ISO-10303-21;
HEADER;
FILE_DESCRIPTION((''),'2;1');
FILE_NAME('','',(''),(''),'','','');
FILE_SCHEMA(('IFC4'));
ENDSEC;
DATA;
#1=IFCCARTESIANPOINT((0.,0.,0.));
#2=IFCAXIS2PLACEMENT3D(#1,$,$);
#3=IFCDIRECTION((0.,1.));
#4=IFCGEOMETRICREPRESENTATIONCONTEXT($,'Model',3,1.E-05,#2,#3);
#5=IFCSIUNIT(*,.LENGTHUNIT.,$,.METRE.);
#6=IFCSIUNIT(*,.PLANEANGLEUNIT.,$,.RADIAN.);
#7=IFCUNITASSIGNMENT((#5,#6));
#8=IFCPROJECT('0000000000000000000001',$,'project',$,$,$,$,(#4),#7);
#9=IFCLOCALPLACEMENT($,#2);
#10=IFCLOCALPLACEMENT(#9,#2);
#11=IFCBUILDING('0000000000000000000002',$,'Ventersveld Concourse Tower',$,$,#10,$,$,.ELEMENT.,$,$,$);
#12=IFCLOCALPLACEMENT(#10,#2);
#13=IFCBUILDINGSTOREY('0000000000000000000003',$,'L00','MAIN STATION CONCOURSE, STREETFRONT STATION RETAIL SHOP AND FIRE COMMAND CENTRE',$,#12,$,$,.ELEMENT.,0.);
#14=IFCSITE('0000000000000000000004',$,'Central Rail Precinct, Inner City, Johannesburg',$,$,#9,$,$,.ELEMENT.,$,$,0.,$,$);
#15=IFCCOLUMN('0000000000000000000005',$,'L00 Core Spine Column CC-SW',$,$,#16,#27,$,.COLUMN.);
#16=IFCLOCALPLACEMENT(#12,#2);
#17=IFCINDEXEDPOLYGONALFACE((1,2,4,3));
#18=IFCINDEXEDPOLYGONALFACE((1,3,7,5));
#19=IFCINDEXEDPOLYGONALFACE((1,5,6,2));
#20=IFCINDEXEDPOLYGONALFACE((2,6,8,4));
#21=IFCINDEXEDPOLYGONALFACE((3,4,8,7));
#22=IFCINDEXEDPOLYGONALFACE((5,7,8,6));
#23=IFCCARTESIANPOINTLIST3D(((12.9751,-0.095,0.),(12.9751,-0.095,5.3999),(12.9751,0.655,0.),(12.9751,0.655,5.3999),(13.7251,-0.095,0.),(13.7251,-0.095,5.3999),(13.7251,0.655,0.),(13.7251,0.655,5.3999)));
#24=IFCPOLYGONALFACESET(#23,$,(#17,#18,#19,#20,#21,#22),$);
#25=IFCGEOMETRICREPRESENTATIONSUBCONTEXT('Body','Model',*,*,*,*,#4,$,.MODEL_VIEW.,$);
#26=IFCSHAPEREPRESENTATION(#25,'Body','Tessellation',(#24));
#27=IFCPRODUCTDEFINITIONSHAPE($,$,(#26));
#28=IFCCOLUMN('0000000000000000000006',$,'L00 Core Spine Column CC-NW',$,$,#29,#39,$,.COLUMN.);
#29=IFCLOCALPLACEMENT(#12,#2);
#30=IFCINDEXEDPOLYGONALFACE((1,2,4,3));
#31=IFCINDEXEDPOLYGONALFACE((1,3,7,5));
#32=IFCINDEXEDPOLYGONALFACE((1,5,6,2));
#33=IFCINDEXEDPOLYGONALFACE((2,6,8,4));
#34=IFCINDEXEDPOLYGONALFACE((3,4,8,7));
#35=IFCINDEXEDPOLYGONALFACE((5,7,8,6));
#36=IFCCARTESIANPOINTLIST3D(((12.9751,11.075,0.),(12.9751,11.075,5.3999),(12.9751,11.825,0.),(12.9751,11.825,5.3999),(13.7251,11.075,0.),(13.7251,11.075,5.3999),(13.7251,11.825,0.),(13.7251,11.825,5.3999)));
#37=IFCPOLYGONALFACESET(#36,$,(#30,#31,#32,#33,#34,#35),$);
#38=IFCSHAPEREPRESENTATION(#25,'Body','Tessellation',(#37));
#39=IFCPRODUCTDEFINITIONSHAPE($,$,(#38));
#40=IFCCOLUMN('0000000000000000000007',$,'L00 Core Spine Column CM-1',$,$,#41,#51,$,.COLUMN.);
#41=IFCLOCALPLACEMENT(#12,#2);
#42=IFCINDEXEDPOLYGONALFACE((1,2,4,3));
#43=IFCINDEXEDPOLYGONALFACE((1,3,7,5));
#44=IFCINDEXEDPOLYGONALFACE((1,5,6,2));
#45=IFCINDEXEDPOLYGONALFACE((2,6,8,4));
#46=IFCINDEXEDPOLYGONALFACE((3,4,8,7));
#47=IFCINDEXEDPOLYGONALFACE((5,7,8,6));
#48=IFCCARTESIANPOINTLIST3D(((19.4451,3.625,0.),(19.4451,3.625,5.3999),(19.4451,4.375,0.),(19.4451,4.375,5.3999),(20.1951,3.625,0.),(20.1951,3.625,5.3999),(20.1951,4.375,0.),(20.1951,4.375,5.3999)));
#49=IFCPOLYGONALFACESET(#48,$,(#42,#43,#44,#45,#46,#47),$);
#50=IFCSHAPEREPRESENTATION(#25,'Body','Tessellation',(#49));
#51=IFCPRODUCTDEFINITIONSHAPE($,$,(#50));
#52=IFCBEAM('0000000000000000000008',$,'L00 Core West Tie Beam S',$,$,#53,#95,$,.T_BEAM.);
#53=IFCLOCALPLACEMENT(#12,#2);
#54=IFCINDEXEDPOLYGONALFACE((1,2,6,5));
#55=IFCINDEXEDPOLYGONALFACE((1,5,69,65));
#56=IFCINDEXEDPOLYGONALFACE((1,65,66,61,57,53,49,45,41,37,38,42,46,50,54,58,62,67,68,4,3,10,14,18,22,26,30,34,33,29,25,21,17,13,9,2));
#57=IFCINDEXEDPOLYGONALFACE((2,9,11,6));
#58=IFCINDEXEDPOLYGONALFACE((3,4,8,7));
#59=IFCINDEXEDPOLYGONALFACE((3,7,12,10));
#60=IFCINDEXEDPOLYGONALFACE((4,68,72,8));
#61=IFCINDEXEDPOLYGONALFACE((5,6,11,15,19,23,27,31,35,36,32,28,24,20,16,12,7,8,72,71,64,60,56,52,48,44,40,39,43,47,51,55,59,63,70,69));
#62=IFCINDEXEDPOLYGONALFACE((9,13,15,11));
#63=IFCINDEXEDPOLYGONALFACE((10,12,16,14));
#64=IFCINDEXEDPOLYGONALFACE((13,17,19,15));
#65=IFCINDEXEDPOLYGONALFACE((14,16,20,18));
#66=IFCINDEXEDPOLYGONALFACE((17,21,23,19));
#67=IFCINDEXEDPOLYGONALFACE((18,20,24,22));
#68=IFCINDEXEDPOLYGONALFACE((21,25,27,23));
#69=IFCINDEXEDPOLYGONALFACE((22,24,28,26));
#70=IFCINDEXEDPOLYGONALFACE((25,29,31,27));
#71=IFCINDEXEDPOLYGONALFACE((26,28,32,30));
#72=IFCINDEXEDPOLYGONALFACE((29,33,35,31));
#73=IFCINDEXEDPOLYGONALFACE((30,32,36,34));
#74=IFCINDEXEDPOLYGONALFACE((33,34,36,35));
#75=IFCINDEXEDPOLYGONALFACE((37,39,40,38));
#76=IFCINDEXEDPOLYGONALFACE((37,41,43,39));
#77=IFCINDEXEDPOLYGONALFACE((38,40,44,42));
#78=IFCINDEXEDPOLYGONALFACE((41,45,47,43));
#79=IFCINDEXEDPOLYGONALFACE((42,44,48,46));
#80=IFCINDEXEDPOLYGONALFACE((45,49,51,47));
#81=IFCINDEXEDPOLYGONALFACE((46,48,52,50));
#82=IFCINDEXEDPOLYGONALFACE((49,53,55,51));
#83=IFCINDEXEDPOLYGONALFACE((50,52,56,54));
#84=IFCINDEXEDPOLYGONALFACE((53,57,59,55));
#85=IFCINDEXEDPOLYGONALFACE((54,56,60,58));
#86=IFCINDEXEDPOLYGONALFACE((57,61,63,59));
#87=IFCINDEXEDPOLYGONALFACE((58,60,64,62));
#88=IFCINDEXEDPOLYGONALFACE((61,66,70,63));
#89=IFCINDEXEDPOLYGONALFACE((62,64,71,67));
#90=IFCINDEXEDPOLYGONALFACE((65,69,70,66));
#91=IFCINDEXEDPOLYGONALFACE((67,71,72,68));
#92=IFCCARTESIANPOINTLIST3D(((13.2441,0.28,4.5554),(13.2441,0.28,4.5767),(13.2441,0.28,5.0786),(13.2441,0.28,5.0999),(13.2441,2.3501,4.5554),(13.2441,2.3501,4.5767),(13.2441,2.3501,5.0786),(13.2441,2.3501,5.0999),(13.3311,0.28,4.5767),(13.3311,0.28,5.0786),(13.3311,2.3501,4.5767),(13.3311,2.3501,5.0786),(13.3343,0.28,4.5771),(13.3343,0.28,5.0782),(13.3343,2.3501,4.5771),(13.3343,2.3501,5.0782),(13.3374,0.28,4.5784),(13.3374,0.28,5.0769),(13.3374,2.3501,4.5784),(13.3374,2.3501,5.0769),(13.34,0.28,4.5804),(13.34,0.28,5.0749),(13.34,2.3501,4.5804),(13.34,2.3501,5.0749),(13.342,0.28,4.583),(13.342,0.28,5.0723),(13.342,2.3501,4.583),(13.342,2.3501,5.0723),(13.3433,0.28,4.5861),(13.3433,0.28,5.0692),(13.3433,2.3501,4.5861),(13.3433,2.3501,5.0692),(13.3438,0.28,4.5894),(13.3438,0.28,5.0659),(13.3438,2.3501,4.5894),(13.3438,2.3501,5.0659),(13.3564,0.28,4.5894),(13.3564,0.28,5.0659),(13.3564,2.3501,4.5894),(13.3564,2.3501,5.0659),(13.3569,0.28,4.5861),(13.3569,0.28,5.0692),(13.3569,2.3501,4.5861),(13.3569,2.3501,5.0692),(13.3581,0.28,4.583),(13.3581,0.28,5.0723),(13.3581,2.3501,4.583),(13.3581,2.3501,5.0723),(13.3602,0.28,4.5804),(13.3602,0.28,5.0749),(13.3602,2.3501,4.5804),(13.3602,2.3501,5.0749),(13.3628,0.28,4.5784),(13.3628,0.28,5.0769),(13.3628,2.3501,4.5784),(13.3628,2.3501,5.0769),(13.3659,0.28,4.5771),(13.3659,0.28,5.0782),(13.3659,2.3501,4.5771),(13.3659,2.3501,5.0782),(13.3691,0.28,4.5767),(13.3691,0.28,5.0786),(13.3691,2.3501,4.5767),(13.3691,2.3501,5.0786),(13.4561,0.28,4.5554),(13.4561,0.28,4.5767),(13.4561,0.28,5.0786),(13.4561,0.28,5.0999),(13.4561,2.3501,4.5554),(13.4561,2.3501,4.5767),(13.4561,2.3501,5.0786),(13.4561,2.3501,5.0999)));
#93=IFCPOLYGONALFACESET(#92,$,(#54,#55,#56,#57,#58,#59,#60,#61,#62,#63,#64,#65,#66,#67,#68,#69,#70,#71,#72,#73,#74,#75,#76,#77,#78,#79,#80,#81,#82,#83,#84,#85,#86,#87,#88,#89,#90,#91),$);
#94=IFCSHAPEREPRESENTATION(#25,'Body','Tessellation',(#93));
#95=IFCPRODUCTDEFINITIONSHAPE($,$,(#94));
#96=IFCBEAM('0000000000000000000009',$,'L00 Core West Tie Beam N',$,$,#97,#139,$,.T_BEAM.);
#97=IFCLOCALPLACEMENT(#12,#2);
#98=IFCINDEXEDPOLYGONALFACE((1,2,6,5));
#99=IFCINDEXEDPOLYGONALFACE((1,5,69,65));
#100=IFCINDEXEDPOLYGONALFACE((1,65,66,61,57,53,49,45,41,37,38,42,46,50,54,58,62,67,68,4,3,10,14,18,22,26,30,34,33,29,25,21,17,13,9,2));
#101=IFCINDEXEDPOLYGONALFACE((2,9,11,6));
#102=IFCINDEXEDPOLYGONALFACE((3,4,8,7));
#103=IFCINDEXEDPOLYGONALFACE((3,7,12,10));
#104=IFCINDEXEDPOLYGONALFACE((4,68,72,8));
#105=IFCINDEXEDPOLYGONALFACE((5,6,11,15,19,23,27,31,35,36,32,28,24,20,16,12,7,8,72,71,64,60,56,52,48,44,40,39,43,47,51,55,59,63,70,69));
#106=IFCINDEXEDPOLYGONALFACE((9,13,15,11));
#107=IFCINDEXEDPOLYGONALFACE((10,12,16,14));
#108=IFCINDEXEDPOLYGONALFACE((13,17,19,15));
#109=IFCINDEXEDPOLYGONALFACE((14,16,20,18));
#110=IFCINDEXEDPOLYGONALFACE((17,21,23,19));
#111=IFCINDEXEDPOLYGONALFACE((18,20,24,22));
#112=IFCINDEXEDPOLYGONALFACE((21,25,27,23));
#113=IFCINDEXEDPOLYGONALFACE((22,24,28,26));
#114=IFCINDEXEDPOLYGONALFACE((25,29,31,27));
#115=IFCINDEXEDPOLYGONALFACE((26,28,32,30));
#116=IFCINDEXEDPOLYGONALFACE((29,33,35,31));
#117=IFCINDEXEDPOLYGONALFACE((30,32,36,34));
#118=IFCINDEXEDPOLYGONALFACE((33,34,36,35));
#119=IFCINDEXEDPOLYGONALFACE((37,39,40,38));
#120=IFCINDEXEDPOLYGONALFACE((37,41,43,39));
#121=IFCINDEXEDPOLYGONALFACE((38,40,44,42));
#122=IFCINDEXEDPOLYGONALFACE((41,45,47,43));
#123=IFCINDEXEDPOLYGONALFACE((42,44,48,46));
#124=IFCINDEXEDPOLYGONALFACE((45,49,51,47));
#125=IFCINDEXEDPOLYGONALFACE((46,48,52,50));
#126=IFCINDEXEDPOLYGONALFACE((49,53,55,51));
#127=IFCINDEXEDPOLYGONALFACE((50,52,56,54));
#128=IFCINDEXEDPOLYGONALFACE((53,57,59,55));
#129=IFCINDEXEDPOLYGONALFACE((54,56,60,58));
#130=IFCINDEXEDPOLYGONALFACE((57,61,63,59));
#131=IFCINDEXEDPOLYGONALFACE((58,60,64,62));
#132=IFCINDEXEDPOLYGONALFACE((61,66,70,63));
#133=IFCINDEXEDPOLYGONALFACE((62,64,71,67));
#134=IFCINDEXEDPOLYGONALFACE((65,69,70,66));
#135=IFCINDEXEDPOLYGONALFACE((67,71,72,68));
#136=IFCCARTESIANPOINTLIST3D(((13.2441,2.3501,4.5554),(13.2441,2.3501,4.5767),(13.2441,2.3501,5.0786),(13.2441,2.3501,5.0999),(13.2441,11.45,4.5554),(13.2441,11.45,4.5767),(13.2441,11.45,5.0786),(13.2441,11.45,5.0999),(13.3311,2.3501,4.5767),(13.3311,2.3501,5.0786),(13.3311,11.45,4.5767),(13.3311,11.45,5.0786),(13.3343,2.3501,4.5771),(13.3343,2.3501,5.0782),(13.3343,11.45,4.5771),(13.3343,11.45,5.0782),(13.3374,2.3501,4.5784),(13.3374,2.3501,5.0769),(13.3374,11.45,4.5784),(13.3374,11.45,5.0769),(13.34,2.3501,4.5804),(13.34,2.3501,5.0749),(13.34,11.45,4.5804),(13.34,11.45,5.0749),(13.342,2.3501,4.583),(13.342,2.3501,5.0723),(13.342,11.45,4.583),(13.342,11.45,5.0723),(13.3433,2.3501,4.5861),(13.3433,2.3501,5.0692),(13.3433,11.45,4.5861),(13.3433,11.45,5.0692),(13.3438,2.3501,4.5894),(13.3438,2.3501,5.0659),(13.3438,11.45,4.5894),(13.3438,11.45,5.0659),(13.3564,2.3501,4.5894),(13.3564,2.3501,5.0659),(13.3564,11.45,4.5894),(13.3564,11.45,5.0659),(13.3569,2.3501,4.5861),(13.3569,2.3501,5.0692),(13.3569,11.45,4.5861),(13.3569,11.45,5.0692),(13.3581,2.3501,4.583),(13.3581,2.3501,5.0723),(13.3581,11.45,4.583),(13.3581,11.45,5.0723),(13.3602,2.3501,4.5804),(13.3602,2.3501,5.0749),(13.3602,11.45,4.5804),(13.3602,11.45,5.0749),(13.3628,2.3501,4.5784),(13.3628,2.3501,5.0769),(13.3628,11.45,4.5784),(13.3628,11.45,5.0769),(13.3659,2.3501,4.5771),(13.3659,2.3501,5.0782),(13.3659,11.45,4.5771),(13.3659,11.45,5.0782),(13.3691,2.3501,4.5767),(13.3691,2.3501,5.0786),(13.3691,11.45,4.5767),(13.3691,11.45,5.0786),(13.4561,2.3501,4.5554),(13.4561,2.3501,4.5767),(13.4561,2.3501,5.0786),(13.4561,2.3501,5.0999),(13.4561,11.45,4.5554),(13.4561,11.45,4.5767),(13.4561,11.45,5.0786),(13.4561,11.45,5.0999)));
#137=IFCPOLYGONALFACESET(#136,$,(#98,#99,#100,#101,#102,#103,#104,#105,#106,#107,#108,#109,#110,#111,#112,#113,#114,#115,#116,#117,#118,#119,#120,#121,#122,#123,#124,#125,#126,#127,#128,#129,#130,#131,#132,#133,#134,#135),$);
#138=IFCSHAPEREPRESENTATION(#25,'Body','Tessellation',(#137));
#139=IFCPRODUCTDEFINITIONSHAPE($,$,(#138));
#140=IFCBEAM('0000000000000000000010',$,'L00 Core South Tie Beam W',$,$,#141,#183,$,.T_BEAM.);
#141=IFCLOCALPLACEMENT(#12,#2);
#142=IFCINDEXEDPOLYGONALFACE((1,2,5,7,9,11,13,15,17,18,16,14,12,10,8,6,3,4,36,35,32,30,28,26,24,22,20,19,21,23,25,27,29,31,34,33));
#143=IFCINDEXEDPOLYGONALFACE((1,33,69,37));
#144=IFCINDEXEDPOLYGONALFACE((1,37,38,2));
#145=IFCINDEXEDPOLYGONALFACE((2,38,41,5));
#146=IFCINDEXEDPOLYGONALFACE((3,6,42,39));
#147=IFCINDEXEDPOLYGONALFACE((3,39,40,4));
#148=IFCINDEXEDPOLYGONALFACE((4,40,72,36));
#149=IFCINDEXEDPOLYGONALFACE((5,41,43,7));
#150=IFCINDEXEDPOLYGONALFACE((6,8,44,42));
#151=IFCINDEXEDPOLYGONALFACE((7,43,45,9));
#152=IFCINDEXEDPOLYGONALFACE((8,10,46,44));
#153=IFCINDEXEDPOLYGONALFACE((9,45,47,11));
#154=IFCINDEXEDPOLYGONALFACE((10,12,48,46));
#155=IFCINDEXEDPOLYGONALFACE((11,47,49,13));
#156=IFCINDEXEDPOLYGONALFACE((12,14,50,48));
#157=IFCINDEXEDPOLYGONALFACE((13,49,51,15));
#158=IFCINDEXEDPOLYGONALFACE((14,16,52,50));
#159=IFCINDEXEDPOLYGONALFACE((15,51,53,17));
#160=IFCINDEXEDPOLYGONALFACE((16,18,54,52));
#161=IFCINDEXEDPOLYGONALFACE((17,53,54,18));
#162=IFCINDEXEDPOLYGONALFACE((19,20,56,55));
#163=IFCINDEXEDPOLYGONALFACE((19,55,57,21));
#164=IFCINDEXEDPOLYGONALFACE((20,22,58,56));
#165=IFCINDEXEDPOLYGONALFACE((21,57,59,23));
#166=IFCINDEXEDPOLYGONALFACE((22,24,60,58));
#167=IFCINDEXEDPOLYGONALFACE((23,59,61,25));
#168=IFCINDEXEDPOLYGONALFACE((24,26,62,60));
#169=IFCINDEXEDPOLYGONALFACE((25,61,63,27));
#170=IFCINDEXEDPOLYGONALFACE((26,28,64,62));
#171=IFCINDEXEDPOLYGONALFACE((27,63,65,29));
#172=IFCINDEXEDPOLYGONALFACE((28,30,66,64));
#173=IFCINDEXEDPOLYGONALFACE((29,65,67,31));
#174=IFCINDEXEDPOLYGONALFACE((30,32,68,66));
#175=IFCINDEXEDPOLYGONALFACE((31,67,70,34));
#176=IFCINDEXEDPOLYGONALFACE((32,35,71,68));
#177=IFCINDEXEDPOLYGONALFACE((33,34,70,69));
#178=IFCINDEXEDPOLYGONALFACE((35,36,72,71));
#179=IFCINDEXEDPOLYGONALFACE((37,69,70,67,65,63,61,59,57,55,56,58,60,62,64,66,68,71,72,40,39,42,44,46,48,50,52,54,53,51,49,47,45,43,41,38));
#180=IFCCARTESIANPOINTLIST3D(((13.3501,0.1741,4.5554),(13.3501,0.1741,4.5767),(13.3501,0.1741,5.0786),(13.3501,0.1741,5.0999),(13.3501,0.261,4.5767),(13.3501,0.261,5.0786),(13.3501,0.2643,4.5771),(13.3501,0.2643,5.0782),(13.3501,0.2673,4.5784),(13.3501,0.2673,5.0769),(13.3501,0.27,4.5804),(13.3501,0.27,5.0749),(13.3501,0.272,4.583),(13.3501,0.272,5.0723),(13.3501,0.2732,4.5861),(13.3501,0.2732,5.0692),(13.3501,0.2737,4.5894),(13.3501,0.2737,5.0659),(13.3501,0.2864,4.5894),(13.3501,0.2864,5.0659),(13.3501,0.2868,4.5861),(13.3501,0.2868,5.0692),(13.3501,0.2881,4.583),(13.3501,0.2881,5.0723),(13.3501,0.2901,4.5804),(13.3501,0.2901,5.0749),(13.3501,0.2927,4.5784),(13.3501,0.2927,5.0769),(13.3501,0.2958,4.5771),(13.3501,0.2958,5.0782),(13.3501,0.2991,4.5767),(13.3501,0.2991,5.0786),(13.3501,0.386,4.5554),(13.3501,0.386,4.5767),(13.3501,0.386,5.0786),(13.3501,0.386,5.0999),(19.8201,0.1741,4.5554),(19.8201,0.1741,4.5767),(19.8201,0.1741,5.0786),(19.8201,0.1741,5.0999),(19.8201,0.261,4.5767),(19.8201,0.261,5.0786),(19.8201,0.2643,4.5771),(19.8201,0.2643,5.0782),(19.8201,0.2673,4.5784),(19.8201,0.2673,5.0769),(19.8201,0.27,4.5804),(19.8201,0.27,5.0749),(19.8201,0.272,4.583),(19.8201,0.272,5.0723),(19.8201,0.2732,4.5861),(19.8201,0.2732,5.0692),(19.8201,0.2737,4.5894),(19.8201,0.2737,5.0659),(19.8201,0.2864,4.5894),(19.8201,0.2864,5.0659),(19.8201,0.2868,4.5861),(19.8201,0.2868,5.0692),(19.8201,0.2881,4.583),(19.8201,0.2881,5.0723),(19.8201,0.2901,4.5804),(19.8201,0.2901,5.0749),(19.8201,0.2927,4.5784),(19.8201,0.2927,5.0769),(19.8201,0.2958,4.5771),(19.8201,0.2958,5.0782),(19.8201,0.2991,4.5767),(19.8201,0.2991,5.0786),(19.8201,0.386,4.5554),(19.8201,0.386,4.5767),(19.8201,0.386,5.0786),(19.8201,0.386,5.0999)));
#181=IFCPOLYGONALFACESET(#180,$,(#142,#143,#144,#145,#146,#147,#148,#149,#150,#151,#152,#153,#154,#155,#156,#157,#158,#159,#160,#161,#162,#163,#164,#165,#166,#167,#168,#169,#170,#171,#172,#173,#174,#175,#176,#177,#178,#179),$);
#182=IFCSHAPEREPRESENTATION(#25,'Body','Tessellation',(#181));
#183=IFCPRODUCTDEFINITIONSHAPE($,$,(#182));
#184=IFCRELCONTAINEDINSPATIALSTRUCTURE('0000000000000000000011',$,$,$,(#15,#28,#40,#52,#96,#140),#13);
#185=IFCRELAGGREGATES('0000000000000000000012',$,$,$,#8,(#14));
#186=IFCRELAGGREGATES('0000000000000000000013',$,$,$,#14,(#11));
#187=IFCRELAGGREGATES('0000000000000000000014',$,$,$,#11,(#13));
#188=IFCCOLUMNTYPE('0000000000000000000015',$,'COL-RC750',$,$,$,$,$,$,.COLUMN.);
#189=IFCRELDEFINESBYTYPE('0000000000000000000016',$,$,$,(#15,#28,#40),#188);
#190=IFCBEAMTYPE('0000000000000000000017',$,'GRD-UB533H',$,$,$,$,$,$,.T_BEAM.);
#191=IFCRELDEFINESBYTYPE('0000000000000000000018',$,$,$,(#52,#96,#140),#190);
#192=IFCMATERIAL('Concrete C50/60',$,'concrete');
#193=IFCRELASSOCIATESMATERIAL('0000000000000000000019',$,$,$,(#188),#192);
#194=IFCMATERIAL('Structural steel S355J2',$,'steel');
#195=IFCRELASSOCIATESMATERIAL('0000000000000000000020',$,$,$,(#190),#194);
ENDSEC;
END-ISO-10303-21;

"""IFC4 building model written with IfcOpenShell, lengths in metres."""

from ifc_helpers import new_model, si_unit, direction, frame, origin, origin_2d, place, context, subcontext, project, spatial, rectangle, i_section, extrude, material, material_profile, profile_set, type_object, element, save


model = new_model("IFC4")

# Units and contexts
model_context = context("Model", 3, precision=1e-05, world=origin(), true_north=direction((0.0, 1.0)))
body_context = subcontext(model_context, "Body", "Model", "MODEL_VIEW")
ifc_project = project(units=[si_unit("LENGTHUNIT", "METRE"), si_unit("PLANEANGLEUNIT", "RADIAN")], contexts=[model_context])

# Site, building, storey
site_placement = place(None, origin())
site = spatial("IfcSite", under=ifc_project, at=site_placement, Name="Central Rail Precinct, Inner City, Johannesburg", CompositionType="ELEMENT", RefElevation=0.0)
building_placement = place(site_placement, origin())
building = spatial("IfcBuilding", under=site, at=building_placement, Name="Ventersveld Concourse Tower", CompositionType="ELEMENT")
storey_placement = place(building_placement, origin())
storey = spatial("IfcBuildingStorey", under=building, at=storey_placement, Name="L00", Description="MAIN STATION CONCOURSE, STREETFRONT STATION RETAIL SHOP AND FIRE COMMAND CENTRE", CompositionType="ELEMENT", Elevation=0.0)

# Columns
ifc_material_1 = material(Name="Concrete C50/60", Category="concrete")
ifc_material_profile_1 = material_profile(ifc_material_1, rectangle(XDim=0.75, YDim=0.75, at=origin_2d()), Name="RC 750x750")
ifc_profile_set_1 = profile_set([ifc_material_profile_1], Name="Concrete C50/60")
column_type = type_object("IfcColumnType", Name="COL-RC750", PredefinedType="COLUMN", material=ifc_profile_set_1)
for number, where, z_axis, x_axis, name in (
    (1, (13.3501, 0.28, 0.0), (0.0, 0.0, 1.0), (1.0, 0.0, 0.0), "L00 Core Spine Column CC-SW"),
    (2, (13.3501, 11.45, 0.0), (0.0, 0.0, 1.0), (1.0, 0.0, 0.0), "L00 Core Spine Column CC-NW"),
    (3, (19.8201, 4.0, 0.0), (0.0, 0.0, 1.0), (1.0, 0.0, 0.0), "L00 Core Spine Column CM-1"),
):
    element("IfcColumn", number, at=place(storey_placement, frame(where, z_axis=z_axis, x_axis=x_axis)), inside=storey, type_object=column_type, Name=name, PredefinedType="COLUMN", context=body_context, shape_type="SweptSolid", body=[
        extrude(rectangle(XDim=0.75, YDim=0.75, at=origin_2d()), origin(), (0.0, 0.0, 1.0), 5.3999),
    ])

# Beams
ifc_material_2 = material(Name="Structural steel S355J2", Category="steel")
ifc_material_profile_2 = material_profile(ifc_material_2, i_section(OverallWidth=0.2119, OverallDepth=0.5444, WebThickness=0.0127, FlangeThickness=0.0212, FilletRadius=0.0127, at=origin_2d()), Name="UB 533x210x122")
ifc_profile_set_2 = profile_set([ifc_material_profile_2], Name="Structural steel S355J2")
beam_type = type_object("IfcBeamType", Name="GRD-UB533H", PredefinedType="T_BEAM", material=ifc_profile_set_2)
beam_1_placement = place(storey_placement, frame((13.3501, 0.28, 4.8276), z_axis=(0.0, 1.0, 0.0), x_axis=(-1.0, 0.0, 0.0)))
element("IfcBeam", 4, at=beam_1_placement, inside=storey, type_object=beam_type, Name="L00 Core West Tie Beam S", PredefinedType="T_BEAM", context=body_context, shape_type="SweptSolid", body=[
    extrude(i_section(OverallWidth=0.2119, OverallDepth=0.5444, WebThickness=0.0127, FlangeThickness=0.0212, FilletRadius=0.0127, at=origin_2d()), origin(), (0.0, 0.0, 1.0), 2.0701),
])
beam_2_placement = place(storey_placement, frame((13.3501, 2.3501, 4.8276), z_axis=(0.0, 1.0, 0.0), x_axis=(-1.0, 0.0, 0.0)))
element("IfcBeam", 5, at=beam_2_placement, inside=storey, type_object=beam_type, Name="L00 Core West Tie Beam N", PredefinedType="T_BEAM", context=body_context, shape_type="SweptSolid", body=[
    extrude(i_section(OverallWidth=0.2119, OverallDepth=0.5444, WebThickness=0.0127, FlangeThickness=0.0212, FilletRadius=0.0127, at=origin_2d()), origin(), (0.0, 0.0, 1.0), 9.0999),
])
beam_3_placement = place(storey_placement, frame((13.3501, 0.28, 4.8276), z_axis=(1.0, 0.0, 0.0), x_axis=(0.0, 1.0, 0.0)))
element("IfcBeam", 6, at=beam_3_placement, inside=storey, type_object=beam_type, Name="L00 Core South Tie Beam W", PredefinedType="T_BEAM", context=body_context, shape_type="SweptSolid", body=[
    extrude(i_section(OverallWidth=0.2119, OverallDepth=0.5444, WebThickness=0.0127, FlangeThickness=0.0212, FilletRadius=0.0127, at=origin_2d()), origin(), (0.0, 0.0, 1.0), 6.47),
])

save(model, "model.ifc")
